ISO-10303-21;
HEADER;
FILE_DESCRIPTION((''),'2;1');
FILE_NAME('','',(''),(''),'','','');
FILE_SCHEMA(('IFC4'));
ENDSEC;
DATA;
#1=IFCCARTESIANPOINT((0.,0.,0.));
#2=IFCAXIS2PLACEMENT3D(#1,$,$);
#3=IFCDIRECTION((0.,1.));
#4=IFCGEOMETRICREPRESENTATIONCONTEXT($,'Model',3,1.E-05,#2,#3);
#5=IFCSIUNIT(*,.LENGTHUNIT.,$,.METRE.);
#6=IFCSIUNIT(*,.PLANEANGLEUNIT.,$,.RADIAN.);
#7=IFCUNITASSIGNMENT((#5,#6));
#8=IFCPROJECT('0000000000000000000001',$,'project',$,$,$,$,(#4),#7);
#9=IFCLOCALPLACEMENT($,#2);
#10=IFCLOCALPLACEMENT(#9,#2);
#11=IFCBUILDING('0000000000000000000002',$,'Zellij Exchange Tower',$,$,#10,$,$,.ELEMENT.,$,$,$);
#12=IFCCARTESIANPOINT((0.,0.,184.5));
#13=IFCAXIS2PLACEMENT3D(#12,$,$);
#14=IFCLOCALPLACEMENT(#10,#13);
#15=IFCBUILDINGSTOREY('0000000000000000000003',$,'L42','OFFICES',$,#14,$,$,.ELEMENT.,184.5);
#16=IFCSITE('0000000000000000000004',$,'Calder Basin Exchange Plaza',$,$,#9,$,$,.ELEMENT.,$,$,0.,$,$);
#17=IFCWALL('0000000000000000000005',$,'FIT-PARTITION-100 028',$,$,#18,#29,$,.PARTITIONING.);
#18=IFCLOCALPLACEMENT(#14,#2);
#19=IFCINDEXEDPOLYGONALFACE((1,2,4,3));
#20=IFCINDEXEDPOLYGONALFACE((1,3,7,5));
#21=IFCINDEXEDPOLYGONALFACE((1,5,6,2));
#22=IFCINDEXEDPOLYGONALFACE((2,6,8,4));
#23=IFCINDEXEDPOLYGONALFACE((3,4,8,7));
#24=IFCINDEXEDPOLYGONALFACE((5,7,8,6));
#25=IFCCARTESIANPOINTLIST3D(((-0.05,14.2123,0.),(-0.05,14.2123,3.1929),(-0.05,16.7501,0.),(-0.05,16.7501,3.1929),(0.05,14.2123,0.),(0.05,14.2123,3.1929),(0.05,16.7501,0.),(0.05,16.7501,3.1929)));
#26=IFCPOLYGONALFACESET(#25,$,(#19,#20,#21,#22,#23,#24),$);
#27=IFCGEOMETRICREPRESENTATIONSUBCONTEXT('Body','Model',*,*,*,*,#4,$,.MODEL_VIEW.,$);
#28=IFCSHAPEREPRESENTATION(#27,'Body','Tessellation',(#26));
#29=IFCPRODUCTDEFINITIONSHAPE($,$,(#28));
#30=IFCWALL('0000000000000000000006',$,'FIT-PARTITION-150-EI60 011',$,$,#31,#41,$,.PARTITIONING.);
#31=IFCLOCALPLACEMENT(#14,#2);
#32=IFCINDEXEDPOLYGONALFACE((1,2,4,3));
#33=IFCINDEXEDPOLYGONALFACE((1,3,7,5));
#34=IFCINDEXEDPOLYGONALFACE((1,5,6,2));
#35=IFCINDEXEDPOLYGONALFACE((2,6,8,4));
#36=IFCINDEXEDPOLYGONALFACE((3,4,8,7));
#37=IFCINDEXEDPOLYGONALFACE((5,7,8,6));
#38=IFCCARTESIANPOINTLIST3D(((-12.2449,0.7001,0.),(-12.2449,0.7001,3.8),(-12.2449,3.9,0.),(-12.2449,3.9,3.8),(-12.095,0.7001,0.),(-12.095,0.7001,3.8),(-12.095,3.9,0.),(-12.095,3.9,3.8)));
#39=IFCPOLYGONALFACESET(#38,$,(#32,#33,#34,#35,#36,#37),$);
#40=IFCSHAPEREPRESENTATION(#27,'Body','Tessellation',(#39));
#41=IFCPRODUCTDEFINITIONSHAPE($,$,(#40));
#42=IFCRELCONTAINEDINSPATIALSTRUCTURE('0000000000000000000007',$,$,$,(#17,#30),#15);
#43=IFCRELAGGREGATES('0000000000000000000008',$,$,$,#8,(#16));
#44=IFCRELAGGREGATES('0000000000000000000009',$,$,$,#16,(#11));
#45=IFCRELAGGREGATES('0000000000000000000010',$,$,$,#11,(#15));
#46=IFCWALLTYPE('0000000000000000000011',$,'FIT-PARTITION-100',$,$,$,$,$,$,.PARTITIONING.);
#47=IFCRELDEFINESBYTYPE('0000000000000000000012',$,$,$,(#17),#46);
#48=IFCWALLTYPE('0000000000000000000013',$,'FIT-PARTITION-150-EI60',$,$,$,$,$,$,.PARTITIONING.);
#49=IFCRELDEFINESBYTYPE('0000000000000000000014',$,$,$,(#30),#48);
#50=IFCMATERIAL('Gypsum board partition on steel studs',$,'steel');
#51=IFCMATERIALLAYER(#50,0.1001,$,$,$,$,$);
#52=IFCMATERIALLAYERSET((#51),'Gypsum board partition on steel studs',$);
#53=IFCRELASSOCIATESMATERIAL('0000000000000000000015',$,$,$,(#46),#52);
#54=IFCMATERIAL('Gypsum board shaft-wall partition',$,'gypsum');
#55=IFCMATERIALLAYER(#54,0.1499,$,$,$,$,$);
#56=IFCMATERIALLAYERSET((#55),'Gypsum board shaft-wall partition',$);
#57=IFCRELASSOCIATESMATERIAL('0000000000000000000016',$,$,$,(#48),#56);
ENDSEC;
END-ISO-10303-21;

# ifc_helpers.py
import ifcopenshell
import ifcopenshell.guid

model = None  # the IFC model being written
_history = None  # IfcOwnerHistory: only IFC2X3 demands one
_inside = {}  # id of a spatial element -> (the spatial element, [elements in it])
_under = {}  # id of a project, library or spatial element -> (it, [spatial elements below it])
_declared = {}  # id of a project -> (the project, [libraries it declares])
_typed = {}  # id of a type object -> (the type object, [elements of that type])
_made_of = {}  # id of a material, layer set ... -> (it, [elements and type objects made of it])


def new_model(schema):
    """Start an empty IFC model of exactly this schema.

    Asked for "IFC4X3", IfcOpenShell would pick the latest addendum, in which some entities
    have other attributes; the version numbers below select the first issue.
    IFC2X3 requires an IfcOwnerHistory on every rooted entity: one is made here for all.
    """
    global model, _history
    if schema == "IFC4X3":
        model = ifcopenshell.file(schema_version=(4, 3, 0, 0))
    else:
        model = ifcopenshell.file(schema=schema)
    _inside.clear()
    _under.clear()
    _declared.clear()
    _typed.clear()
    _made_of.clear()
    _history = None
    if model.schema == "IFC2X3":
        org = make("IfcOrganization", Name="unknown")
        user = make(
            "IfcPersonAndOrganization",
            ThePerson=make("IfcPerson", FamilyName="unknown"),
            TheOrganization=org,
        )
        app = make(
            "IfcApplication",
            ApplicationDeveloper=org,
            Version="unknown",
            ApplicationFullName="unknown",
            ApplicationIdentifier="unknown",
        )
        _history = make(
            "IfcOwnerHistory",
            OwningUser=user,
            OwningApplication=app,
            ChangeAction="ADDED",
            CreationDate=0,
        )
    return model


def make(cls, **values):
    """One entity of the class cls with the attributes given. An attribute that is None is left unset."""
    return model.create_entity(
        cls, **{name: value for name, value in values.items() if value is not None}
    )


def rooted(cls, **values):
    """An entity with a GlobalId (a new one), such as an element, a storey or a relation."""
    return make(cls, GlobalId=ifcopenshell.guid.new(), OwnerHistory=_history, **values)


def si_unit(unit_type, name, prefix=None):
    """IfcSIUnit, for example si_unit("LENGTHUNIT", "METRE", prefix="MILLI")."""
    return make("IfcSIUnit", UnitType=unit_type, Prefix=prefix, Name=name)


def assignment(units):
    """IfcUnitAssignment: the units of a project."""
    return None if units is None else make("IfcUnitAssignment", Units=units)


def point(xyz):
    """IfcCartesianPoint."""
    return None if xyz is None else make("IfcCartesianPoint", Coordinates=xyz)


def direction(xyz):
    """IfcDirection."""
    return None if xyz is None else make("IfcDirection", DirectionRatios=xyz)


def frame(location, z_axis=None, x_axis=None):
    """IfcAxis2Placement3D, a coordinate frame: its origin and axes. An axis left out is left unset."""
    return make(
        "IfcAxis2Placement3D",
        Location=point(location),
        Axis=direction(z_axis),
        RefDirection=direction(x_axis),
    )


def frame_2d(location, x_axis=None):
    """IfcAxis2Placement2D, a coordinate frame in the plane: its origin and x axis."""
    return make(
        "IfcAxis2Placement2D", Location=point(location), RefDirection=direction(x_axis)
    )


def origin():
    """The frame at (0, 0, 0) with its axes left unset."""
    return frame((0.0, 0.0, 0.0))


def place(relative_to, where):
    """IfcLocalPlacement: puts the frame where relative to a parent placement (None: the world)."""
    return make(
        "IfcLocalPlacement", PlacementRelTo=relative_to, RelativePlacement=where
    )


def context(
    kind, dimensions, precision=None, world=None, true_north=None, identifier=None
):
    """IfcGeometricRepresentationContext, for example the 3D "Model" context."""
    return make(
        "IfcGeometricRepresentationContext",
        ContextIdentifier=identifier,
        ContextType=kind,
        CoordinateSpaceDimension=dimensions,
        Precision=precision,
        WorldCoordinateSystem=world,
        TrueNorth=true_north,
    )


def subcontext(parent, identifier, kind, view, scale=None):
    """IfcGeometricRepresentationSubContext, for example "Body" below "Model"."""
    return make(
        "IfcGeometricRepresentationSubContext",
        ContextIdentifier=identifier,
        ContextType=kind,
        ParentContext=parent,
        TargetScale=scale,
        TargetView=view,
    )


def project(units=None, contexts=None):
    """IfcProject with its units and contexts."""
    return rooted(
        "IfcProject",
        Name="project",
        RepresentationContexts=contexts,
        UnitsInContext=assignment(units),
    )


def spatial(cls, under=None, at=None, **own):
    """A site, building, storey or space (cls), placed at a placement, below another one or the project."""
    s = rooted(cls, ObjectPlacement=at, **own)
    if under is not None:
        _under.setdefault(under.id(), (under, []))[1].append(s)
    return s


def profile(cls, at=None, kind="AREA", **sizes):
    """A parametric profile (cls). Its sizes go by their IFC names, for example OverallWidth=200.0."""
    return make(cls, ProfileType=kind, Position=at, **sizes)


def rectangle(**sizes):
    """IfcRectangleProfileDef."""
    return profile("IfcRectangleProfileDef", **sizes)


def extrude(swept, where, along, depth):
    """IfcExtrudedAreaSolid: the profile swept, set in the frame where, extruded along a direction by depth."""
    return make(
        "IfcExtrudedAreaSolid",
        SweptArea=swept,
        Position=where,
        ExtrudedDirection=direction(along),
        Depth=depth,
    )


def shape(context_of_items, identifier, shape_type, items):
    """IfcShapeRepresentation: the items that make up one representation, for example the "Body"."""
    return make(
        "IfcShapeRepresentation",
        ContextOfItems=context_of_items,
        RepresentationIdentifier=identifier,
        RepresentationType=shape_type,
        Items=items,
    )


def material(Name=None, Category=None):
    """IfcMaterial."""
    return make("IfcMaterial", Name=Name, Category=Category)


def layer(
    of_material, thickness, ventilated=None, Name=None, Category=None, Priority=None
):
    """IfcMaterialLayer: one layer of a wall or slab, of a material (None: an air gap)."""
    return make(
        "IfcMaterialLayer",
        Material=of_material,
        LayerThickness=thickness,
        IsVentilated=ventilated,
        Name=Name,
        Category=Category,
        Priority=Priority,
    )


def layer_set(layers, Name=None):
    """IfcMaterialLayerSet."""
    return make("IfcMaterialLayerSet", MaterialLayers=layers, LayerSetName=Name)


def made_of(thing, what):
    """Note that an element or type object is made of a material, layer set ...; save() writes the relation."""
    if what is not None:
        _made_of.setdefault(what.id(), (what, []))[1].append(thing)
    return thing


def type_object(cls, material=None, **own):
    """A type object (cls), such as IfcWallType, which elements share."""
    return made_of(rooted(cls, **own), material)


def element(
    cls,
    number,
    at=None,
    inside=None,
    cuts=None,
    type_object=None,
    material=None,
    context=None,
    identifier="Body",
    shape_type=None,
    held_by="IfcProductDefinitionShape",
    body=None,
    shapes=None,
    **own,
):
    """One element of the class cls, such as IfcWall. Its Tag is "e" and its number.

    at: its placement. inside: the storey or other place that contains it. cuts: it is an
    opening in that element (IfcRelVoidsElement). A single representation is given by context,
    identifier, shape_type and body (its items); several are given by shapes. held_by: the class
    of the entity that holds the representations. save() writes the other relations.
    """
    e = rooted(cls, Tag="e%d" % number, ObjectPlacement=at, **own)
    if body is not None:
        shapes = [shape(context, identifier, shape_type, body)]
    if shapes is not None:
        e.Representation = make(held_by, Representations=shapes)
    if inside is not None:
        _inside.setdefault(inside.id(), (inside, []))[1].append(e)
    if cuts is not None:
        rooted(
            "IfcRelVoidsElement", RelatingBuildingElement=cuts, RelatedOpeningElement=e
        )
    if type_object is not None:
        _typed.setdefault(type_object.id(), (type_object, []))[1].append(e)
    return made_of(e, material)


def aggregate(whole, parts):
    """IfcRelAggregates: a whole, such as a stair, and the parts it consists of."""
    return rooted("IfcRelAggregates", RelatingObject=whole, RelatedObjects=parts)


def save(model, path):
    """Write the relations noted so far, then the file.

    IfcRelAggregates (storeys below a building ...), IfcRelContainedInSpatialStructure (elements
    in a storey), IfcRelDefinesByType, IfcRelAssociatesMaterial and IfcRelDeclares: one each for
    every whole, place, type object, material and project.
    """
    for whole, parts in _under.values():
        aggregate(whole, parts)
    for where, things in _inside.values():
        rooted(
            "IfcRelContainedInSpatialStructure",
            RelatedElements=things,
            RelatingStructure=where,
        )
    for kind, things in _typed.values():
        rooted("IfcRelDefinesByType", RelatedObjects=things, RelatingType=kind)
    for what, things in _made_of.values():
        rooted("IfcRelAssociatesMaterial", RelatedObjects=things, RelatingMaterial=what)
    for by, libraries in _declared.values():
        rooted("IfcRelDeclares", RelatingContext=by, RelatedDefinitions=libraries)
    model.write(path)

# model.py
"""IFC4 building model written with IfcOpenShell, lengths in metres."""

from ifc_helpers import new_model, si_unit, direction, frame, frame_2d, origin, place, context, subcontext, project, spatial, rectangle, extrude, material, layer, layer_set, type_object, element, save


model = new_model("IFC4")

# Units and contexts
model_context = context("Model", 3, precision=1e-05, world=origin(), true_north=direction((0.0, 1.0)))
body_context = subcontext(model_context, "Body", "Model", "MODEL_VIEW")
ifc_project = project(units=[si_unit("LENGTHUNIT", "METRE"), si_unit("PLANEANGLEUNIT", "RADIAN")], contexts=[model_context])

# Site, building, storey
site_placement = place(None, origin())
site = spatial("IfcSite", under=ifc_project, at=site_placement, Name="Calder Basin Exchange Plaza", CompositionType="ELEMENT", RefElevation=0.0)
building_placement = place(site_placement, origin())
building = spatial("IfcBuilding", under=site, at=building_placement, Name="Zellij Exchange Tower", CompositionType="ELEMENT")
storey_placement = place(building_placement, frame((0.0, 0.0, 184.5)))
storey = spatial("IfcBuildingStorey", under=building, at=storey_placement, Name="L42", Description="OFFICES", CompositionType="ELEMENT", Elevation=184.5)

# Walls
ifc_material_1 = material(Name="Gypsum board partition on steel studs", Category="steel")
ifc_layer_1 = layer(ifc_material_1, 0.1001)
ifc_layer_set_1 = layer_set([ifc_layer_1], Name="Gypsum board partition on steel studs")
wall_type_1 = type_object("IfcWallType", Name="FIT-PARTITION-100", PredefinedType="PARTITIONING", material=ifc_layer_set_1)
wall_1_placement = place(storey_placement, frame((0.0, 14.2122, 0.0), z_axis=(0.0, 0.0, 1.0), x_axis=(0.0, 1.0, 0.0)))
element("IfcWall", 1, at=wall_1_placement, inside=storey, type_object=wall_type_1, Name="FIT-PARTITION-100 028", PredefinedType="PARTITIONING", context=body_context, shape_type="SweptSolid", body=[
    extrude(rectangle(XDim=2.5378, YDim=0.1001, at=frame_2d((1.269, 0.0))), origin(), (0.0, 0.0, 1.0), 3.1929),
])
ifc_material_2 = material(Name="Gypsum board shaft-wall partition", Category="gypsum")
ifc_layer_2 = layer(ifc_material_2, 0.1499)
ifc_layer_set_2 = layer_set([ifc_layer_2], Name="Gypsum board shaft-wall partition")
wall_type_2 = type_object("IfcWallType", Name="FIT-PARTITION-150-EI60", PredefinedType="PARTITIONING", material=ifc_layer_set_2)
wall_2_placement = place(storey_placement, frame((-12.1699, 0.7, 0.0), z_axis=(0.0, 0.0, 1.0), x_axis=(0.0, 1.0, 0.0)))
element("IfcWall", 2, at=wall_2_placement, inside=storey, type_object=wall_type_2, Name="FIT-PARTITION-150-EI60 011", PredefinedType="PARTITIONING", context=body_context, shape_type="SweptSolid", body=[
    extrude(rectangle(XDim=3.2, YDim=0.1499, at=frame_2d((1.6001, 0.0))), origin(), (0.0, 0.0, 1.0), 3.8),
])

save(model, "model.ifc")
